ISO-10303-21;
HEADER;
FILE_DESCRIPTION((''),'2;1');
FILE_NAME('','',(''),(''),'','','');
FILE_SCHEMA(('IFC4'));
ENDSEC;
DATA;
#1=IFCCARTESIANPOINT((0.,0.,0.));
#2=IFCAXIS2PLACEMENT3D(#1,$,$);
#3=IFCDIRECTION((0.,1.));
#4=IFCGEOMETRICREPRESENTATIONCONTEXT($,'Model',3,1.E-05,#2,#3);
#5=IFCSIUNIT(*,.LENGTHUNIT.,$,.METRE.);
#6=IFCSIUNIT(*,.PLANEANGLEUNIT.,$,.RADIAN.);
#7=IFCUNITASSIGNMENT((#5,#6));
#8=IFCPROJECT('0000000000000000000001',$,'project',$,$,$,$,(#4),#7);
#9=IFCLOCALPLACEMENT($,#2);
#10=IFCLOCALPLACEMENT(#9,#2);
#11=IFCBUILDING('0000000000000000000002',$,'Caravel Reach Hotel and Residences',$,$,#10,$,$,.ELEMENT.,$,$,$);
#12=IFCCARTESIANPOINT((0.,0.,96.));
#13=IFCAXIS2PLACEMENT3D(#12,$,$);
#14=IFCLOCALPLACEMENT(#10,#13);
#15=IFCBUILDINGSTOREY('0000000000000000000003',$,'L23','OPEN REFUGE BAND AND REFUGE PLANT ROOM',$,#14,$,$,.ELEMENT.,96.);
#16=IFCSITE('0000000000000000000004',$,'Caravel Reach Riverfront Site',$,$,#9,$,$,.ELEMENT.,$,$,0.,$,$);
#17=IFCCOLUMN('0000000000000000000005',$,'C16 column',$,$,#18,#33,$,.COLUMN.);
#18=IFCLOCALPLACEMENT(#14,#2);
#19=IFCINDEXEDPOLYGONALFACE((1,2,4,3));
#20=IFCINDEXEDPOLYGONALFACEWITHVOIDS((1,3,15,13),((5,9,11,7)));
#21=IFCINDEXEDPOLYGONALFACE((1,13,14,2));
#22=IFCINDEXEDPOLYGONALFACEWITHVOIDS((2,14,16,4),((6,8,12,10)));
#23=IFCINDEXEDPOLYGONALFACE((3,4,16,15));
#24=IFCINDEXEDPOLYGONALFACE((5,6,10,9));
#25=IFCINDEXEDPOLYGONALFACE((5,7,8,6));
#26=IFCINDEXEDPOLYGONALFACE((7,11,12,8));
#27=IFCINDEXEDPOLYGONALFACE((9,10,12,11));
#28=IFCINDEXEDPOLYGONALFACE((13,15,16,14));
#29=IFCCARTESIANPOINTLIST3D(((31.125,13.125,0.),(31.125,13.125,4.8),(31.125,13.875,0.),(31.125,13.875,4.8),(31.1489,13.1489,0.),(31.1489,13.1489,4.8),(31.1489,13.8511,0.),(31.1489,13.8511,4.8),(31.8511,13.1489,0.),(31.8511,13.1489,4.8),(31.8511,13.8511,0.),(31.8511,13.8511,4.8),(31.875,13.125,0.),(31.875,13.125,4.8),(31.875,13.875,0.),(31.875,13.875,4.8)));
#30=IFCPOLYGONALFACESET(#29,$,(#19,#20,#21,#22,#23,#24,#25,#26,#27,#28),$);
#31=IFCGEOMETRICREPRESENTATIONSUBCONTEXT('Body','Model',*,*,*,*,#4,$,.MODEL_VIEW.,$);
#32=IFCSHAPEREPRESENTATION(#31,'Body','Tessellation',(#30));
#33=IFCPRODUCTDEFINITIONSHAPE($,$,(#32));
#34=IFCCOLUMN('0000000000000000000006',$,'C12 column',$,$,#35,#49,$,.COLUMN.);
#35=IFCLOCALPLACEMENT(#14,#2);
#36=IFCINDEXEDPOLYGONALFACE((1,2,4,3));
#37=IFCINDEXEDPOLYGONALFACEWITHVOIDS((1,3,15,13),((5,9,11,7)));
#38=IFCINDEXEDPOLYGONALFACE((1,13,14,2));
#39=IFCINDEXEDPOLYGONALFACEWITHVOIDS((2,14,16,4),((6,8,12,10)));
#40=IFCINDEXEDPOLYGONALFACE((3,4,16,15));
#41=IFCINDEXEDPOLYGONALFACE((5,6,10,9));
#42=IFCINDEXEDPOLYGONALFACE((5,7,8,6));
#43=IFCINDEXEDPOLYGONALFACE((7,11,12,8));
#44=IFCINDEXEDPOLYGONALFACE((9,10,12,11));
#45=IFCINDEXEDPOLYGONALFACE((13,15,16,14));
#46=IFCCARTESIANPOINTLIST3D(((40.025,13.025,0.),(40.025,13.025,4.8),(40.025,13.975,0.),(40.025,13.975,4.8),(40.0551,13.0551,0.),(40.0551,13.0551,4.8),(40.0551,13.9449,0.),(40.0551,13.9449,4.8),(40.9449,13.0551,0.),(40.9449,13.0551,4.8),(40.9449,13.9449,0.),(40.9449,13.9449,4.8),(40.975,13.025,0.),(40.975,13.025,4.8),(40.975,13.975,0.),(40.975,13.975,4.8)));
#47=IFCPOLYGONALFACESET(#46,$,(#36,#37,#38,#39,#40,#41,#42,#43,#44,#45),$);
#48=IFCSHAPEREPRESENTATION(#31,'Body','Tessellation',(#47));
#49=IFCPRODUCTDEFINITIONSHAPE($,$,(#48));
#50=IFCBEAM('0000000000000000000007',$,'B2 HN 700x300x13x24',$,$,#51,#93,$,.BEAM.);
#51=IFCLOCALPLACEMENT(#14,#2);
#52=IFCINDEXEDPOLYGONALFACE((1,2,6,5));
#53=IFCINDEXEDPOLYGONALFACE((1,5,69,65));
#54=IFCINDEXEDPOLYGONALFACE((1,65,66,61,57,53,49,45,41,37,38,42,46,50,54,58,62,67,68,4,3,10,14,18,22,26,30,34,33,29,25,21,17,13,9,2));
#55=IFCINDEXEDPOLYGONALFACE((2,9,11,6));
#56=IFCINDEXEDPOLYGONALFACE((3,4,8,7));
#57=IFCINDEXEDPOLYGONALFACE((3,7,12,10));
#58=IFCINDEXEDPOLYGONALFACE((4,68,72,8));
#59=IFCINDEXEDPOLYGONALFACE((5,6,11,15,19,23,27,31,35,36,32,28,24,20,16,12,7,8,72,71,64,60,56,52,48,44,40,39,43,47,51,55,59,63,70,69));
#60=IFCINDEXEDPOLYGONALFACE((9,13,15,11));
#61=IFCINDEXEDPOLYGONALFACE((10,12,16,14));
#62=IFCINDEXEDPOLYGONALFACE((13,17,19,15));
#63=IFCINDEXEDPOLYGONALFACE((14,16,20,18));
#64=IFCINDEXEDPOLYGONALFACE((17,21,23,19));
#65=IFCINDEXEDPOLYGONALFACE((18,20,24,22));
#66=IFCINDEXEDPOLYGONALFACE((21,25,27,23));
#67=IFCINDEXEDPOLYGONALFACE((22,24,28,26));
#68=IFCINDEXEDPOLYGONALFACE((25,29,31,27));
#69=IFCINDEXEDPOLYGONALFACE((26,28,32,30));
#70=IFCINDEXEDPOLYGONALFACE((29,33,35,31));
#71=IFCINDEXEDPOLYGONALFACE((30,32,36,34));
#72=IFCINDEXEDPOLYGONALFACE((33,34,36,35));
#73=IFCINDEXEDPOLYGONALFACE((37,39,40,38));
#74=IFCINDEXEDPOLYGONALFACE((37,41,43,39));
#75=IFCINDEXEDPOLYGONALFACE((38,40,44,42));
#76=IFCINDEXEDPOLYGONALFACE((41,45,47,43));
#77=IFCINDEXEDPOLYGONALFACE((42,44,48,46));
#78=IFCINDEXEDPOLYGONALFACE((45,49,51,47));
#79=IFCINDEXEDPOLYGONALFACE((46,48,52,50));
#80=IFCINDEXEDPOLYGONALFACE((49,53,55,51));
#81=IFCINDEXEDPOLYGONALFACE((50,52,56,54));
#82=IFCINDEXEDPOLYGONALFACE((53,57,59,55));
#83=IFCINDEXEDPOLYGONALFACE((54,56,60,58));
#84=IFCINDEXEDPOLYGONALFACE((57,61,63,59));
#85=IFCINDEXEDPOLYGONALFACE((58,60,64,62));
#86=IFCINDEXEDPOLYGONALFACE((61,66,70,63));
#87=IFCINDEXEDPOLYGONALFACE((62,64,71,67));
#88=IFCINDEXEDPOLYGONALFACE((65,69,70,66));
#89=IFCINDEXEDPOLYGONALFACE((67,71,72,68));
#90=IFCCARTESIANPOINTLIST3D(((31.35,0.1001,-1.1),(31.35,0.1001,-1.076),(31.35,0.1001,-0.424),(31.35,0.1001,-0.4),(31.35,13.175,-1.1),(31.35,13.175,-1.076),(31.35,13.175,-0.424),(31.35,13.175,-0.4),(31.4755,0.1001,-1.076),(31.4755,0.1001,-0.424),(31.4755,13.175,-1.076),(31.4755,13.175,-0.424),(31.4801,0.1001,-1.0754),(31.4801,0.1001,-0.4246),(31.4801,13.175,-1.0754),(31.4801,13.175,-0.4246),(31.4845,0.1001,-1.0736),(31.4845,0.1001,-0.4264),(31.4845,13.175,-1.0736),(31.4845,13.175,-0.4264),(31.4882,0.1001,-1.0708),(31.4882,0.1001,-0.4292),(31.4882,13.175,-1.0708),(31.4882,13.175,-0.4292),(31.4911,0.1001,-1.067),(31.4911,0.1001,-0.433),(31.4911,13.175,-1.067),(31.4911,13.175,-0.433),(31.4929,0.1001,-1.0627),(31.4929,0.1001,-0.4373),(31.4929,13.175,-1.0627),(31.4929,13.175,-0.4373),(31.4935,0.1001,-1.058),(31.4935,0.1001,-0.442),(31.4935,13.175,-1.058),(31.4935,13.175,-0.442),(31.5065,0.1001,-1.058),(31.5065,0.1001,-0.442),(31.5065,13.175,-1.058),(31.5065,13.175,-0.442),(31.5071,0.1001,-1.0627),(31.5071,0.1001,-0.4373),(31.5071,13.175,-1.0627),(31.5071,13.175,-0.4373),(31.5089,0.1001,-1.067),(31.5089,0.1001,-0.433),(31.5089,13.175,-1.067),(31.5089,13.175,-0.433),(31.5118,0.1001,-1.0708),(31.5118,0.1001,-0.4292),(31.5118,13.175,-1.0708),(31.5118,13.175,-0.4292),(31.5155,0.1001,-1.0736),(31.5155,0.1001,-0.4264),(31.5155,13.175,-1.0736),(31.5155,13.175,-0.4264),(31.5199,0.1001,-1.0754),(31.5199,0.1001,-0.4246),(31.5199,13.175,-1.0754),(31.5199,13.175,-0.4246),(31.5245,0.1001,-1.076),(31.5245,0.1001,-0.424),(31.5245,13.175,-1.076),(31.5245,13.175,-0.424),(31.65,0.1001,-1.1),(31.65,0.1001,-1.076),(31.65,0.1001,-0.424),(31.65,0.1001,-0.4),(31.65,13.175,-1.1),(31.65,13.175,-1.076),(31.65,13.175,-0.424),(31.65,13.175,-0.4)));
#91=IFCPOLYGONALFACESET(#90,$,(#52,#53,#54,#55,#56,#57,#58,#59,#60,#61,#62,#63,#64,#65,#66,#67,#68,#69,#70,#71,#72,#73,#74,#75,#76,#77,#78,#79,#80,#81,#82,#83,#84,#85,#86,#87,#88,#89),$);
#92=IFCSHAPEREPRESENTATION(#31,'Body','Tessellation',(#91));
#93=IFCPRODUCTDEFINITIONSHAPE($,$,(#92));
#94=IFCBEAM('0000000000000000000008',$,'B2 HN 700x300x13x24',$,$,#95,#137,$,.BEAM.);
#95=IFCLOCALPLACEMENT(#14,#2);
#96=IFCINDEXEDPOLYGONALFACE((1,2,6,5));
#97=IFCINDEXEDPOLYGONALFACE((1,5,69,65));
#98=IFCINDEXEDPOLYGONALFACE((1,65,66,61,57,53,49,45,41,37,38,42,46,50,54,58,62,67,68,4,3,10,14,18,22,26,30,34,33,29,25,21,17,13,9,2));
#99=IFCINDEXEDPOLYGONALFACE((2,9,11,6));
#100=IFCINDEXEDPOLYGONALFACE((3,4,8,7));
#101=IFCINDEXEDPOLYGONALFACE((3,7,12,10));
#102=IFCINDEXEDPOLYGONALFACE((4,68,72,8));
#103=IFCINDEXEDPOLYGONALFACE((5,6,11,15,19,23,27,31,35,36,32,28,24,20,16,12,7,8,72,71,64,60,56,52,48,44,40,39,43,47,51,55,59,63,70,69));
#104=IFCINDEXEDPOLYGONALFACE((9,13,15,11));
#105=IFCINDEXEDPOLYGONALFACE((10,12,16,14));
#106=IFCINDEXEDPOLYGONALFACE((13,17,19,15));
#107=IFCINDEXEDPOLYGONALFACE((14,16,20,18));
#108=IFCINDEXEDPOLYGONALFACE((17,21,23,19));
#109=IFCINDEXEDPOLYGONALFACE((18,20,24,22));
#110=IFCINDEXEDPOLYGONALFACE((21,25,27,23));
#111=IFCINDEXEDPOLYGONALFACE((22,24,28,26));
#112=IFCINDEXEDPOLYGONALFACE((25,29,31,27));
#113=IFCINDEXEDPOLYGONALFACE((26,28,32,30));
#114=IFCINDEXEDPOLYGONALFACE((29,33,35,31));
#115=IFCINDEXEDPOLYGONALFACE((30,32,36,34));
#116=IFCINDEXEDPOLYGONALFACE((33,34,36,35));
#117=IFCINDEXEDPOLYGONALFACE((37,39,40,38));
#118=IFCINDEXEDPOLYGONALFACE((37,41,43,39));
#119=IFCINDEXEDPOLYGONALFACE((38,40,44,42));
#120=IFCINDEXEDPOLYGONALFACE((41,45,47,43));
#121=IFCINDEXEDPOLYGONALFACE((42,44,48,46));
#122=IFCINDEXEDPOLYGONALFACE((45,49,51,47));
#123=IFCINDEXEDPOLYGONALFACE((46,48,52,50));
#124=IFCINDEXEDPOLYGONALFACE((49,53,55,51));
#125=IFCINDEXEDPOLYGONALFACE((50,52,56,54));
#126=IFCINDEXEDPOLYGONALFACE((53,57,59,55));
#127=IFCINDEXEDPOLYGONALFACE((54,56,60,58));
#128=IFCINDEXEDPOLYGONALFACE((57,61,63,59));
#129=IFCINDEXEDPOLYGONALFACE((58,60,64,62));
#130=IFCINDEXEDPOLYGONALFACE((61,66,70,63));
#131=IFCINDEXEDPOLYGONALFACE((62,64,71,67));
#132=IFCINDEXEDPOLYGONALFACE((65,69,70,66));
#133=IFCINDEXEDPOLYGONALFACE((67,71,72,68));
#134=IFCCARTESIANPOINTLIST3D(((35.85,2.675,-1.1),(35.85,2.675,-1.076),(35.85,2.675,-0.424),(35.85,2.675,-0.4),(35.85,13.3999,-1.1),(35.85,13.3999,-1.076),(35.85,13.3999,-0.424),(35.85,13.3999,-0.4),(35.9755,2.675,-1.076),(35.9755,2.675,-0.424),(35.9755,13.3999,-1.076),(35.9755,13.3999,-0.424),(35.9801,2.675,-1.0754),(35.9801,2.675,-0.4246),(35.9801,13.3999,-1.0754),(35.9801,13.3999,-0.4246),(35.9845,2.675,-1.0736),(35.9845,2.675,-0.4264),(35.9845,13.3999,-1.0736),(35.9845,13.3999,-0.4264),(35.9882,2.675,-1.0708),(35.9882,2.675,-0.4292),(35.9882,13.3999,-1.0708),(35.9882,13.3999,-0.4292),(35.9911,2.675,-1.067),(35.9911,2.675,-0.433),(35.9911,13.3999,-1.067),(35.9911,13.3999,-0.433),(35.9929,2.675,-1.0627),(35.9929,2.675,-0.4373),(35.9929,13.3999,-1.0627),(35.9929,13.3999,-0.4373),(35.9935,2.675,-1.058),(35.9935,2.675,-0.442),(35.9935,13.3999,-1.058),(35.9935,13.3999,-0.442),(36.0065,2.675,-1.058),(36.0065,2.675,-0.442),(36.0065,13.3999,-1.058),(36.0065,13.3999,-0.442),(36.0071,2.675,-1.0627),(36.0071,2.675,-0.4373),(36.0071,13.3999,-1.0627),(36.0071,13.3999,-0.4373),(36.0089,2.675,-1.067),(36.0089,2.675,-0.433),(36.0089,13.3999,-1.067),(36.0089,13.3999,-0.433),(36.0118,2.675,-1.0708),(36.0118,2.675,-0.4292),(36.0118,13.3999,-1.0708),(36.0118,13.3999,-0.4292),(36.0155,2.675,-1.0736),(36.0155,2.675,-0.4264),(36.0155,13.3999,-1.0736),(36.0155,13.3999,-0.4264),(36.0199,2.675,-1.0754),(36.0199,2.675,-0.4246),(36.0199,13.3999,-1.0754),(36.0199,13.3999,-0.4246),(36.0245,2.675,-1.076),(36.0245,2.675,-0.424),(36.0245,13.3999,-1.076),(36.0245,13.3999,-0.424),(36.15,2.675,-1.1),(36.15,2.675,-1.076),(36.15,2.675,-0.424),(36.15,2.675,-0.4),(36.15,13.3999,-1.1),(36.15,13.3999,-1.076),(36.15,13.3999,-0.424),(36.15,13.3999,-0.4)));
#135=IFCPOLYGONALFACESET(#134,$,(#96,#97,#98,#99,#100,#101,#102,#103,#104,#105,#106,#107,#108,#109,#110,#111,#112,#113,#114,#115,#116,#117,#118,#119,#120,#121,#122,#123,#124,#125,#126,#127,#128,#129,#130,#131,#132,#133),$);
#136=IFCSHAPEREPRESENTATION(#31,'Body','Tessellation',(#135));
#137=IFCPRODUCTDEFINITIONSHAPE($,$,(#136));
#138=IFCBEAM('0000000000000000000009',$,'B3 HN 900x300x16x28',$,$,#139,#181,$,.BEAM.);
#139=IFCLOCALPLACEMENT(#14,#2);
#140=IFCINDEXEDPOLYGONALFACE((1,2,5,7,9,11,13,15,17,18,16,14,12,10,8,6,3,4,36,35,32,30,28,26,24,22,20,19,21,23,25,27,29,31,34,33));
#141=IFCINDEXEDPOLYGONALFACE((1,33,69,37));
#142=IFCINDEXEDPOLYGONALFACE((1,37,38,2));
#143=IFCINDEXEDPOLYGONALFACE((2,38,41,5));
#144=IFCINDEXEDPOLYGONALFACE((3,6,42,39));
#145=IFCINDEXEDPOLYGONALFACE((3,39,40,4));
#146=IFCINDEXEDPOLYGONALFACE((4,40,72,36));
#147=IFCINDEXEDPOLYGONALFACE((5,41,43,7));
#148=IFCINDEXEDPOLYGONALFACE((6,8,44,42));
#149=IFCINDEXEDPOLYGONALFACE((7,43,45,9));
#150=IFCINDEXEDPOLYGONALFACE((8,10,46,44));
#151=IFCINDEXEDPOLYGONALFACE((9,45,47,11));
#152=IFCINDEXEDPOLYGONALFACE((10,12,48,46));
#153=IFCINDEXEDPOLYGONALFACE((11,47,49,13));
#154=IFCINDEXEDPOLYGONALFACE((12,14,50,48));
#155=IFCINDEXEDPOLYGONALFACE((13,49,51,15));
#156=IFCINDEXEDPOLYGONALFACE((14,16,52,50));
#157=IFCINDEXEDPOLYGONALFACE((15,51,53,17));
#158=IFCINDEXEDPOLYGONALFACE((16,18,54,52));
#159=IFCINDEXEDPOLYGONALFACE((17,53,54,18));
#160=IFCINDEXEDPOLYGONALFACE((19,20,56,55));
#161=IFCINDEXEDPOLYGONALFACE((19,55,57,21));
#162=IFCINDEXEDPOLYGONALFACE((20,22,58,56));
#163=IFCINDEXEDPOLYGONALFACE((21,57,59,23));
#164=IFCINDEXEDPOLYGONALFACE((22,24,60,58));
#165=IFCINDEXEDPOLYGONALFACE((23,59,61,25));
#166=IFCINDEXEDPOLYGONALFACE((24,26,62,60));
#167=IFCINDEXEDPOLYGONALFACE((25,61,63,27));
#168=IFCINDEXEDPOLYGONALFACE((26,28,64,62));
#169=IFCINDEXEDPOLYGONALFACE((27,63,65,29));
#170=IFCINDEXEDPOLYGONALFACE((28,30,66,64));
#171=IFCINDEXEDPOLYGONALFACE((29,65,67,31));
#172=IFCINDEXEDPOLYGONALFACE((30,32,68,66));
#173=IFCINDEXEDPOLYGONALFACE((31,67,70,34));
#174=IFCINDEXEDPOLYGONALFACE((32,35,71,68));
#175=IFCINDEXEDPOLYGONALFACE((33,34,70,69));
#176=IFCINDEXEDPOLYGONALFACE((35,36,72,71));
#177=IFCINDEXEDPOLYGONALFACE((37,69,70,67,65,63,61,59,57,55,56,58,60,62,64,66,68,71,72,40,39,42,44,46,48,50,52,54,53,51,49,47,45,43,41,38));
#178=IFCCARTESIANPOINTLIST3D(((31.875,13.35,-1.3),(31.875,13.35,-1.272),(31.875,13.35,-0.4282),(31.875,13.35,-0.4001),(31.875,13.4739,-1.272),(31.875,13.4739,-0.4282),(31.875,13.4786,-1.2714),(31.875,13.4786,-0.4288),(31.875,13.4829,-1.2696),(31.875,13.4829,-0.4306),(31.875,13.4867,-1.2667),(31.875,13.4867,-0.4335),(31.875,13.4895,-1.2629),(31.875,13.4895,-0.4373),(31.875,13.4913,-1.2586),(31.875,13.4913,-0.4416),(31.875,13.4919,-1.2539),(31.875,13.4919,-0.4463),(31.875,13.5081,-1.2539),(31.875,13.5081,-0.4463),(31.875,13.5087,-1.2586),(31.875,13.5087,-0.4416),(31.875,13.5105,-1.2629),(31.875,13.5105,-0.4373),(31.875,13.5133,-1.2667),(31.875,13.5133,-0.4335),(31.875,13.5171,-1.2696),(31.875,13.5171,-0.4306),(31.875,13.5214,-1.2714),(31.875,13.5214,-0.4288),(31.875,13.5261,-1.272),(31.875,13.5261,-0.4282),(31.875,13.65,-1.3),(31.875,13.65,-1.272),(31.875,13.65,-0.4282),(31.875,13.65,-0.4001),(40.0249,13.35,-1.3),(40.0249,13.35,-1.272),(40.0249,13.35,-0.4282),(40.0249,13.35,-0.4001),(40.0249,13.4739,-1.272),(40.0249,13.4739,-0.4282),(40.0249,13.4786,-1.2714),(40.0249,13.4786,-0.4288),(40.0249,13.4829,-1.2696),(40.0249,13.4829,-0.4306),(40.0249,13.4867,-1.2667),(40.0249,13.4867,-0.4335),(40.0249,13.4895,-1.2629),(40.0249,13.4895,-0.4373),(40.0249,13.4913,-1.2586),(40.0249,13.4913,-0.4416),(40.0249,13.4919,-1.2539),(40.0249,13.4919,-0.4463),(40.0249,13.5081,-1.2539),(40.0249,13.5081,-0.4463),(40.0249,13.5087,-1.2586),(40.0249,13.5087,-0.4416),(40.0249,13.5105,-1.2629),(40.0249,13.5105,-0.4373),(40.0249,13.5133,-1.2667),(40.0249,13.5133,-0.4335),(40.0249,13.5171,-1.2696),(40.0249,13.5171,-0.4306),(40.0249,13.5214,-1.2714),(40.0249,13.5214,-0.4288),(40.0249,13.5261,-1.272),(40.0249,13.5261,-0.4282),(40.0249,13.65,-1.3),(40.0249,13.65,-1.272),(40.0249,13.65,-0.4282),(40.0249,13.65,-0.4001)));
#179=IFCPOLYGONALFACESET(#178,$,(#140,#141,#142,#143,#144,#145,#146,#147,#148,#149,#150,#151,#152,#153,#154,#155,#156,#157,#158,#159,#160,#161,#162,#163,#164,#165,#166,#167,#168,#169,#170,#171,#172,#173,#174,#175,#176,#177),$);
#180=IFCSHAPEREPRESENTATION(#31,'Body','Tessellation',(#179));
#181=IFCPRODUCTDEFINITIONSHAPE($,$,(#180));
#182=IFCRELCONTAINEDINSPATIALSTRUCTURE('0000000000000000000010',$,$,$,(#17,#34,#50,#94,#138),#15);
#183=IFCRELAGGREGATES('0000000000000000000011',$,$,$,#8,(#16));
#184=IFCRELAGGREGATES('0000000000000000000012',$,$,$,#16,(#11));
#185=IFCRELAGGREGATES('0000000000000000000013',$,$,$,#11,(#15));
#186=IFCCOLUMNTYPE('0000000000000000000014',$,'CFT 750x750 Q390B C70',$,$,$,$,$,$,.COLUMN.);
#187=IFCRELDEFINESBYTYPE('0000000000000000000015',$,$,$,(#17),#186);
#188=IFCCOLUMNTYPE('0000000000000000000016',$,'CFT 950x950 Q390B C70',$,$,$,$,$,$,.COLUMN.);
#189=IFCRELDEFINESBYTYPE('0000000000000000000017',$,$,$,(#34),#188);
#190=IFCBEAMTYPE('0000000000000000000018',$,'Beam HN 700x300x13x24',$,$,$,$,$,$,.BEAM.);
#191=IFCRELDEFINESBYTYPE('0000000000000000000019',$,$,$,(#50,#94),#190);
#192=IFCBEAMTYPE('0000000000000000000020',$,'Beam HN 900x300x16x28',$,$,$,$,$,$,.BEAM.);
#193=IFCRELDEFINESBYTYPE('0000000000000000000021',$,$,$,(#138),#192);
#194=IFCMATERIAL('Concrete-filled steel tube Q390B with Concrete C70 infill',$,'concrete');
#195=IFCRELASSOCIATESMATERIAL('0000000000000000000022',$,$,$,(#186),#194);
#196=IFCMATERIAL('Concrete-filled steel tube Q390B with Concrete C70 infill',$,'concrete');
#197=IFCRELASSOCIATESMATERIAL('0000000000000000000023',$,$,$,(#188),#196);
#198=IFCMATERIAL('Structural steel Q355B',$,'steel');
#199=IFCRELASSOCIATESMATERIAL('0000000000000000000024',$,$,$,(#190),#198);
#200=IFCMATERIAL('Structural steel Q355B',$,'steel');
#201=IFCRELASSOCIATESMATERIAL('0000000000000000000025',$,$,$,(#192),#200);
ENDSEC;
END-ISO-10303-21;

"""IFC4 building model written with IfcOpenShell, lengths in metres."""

from ifc_helpers import new_model, si_unit, direction, frame, origin, origin_2d, place, context, subcontext, project, spatial, hollow_rectangle, i_section, extrude, material, material_profile, profile_set, type_object, element, save


model = new_model("IFC4")

# Units and contexts
model_context = context("Model", 3, precision=1e-05, world=origin(), true_north=direction((0.0, 1.0)))
body_context = subcontext(model_context, "Body", "Model", "MODEL_VIEW")
ifc_project = project(units=[si_unit("LENGTHUNIT", "METRE"), si_unit("PLANEANGLEUNIT", "RADIAN")], contexts=[model_context])

# Site, building, storey
site_placement = place(None, origin())
site = spatial("IfcSite", under=ifc_project, at=site_placement, Name="Caravel Reach Riverfront Site", CompositionType="ELEMENT", RefElevation=0.0)
building_placement = place(site_placement, origin())
building = spatial("IfcBuilding", under=site, at=building_placement, Name="Caravel Reach Hotel and Residences", CompositionType="ELEMENT")
storey_placement = place(building_placement, frame((0.0, 0.0, 96.0)))
storey = spatial("IfcBuildingStorey", under=building, at=storey_placement, Name="L23", Description="OPEN REFUGE BAND AND REFUGE PLANT ROOM", CompositionType="ELEMENT", Elevation=96.0)

# Columns
ifc_material_1 = material(Name="Concrete-filled steel tube Q390B with Concrete C70 infill", Category="concrete")
ifc_material_profile_1 = material_profile(ifc_material_1, hollow_rectangle(XDim=0.75, YDim=0.75, WallThickness=0.0239, at=origin_2d()), Name="RHS 750x750x24")
ifc_profile_set_1 = profile_set([ifc_material_profile_1], Name="Concrete-filled steel tube Q390B with Concrete C70 infill")
column_type_1 = type_object("IfcColumnType", Name="CFT 750x750 Q390B C70", PredefinedType="COLUMN", material=ifc_profile_set_1)
column_1_placement = place(storey_placement, frame((31.5, 13.5, 0.0), z_axis=(0.0, 0.0, 1.0), x_axis=(1.0, 0.0, 0.0)))
element("IfcColumn", 1, at=column_1_placement, inside=storey, type_object=column_type_1, Name="C16 column", PredefinedType="COLUMN", context=body_context, shape_type="SweptSolid", body=[
    extrude(hollow_rectangle(XDim=0.75, YDim=0.75, WallThickness=0.0239, at=origin_2d()), origin(), (0.0, 0.0, 1.0), 4.8),
])
ifc_material_2 = material(Name="Concrete-filled steel tube Q390B with Concrete C70 infill", Category="concrete")
ifc_material_profile_2 = material_profile(ifc_material_2, hollow_rectangle(XDim=0.95, YDim=0.95, WallThickness=0.03, at=origin_2d()), Name="RHS 950x950x30")
ifc_profile_set_2 = profile_set([ifc_material_profile_2], Name="Concrete-filled steel tube Q390B with Concrete C70 infill")
column_type_2 = type_object("IfcColumnType", Name="CFT 950x950 Q390B C70", PredefinedType="COLUMN", material=ifc_profile_set_2)
column_2_placement = place(storey_placement, frame((40.5, 13.5, 0.0), z_axis=(0.0, 0.0, 1.0), x_axis=(1.0, 0.0, 0.0)))
element("IfcColumn", 2, at=column_2_placement, inside=storey, type_object=column_type_2, Name="C12 column", PredefinedType="COLUMN", context=body_context, shape_type="SweptSolid", body=[
    extrude(hollow_rectangle(XDim=0.95, YDim=0.95, WallThickness=0.03, at=origin_2d()), origin(), (0.0, 0.0, 1.0), 4.8),
])

# Beams
ifc_material_3 = material(Name="Structural steel Q355B", Category="steel")
ifc_material_profile_3 = material_profile(ifc_material_3, i_section(OverallWidth=0.3, OverallDepth=0.7, WebThickness=0.0129, FlangeThickness=0.0239, FilletRadius=0.0181, at=origin_2d()), Name="HN 700x300x13x24")
ifc_profile_set_3 = profile_set([ifc_material_profile_3], Name="Structural steel Q355B")
beam_type_1 = type_object("IfcBeamType", Name="Beam HN 700x300x13x24", PredefinedType="BEAM", material=ifc_profile_set_3)
beam_1_placement = place(storey_placement, frame((31.5, 13.175, -0.75), z_axis=(0.0, -1.0, 0.0), x_axis=(1.0, 0.0, 0.0)))
element("IfcBeam", 3, at=beam_1_placement, inside=storey, type_object=beam_type_1, Name="B2 HN 700x300x13x24", PredefinedType="BEAM", context=body_context, shape_type="SweptSolid", body=[
    extrude(i_section(OverallWidth=0.3, OverallDepth=0.7, WebThickness=0.0129, FlangeThickness=0.0239, FilletRadius=0.0181, at=origin_2d()), origin(), (0.0, 0.0, 1.0), 13.075),
])
beam_2_placement = place(storey_placement, frame((36.0, 13.3999, -0.75), z_axis=(0.0, -1.0, 0.0), x_axis=(1.0, 0.0, 0.0)))
element("IfcBeam", 4, at=beam_2_placement, inside=storey, type_object=beam_type_1, Name="B2 HN 700x300x13x24", PredefinedType="BEAM", context=body_context, shape_type="SweptSolid", body=[
    extrude(i_section(OverallWidth=0.3, OverallDepth=0.7, WebThickness=0.0129, FlangeThickness=0.0239, FilletRadius=0.0181, at=origin_2d()), origin(), (0.0, 0.0, 1.0), 10.7249),
])
ifc_material_4 = material(Name="Structural steel Q355B", Category="steel")
ifc_material_profile_4 = material_profile(ifc_material_4, i_section(OverallWidth=0.3, OverallDepth=0.8999, WebThickness=0.0161, FlangeThickness=0.0281, FilletRadius=0.0181, at=origin_2d()), Name="HN 900x300x16x28")
ifc_profile_set_4 = profile_set([ifc_material_profile_4], Name="Structural steel Q355B")
beam_type_2 = type_object("IfcBeamType", Name="Beam HN 900x300x16x28", PredefinedType="BEAM", material=ifc_profile_set_4)
beam_3_placement = place(storey_placement, frame((31.875, 13.5, -0.8501), z_axis=(1.0, 0.0, 0.0), x_axis=(0.0, 1.0, 0.0)))
element("IfcBeam", 5, at=beam_3_placement, inside=storey, type_object=beam_type_2, Name="B3 HN 900x300x16x28", PredefinedType="BEAM", context=body_context, shape_type="SweptSolid", body=[
    extrude(i_section(OverallWidth=0.3, OverallDepth=0.8999, WebThickness=0.0161, FlangeThickness=0.0281, FilletRadius=0.0181, at=origin_2d()), origin(), (0.0, 0.0, 1.0), 8.1499),
])

save(model, "model.ifc")
